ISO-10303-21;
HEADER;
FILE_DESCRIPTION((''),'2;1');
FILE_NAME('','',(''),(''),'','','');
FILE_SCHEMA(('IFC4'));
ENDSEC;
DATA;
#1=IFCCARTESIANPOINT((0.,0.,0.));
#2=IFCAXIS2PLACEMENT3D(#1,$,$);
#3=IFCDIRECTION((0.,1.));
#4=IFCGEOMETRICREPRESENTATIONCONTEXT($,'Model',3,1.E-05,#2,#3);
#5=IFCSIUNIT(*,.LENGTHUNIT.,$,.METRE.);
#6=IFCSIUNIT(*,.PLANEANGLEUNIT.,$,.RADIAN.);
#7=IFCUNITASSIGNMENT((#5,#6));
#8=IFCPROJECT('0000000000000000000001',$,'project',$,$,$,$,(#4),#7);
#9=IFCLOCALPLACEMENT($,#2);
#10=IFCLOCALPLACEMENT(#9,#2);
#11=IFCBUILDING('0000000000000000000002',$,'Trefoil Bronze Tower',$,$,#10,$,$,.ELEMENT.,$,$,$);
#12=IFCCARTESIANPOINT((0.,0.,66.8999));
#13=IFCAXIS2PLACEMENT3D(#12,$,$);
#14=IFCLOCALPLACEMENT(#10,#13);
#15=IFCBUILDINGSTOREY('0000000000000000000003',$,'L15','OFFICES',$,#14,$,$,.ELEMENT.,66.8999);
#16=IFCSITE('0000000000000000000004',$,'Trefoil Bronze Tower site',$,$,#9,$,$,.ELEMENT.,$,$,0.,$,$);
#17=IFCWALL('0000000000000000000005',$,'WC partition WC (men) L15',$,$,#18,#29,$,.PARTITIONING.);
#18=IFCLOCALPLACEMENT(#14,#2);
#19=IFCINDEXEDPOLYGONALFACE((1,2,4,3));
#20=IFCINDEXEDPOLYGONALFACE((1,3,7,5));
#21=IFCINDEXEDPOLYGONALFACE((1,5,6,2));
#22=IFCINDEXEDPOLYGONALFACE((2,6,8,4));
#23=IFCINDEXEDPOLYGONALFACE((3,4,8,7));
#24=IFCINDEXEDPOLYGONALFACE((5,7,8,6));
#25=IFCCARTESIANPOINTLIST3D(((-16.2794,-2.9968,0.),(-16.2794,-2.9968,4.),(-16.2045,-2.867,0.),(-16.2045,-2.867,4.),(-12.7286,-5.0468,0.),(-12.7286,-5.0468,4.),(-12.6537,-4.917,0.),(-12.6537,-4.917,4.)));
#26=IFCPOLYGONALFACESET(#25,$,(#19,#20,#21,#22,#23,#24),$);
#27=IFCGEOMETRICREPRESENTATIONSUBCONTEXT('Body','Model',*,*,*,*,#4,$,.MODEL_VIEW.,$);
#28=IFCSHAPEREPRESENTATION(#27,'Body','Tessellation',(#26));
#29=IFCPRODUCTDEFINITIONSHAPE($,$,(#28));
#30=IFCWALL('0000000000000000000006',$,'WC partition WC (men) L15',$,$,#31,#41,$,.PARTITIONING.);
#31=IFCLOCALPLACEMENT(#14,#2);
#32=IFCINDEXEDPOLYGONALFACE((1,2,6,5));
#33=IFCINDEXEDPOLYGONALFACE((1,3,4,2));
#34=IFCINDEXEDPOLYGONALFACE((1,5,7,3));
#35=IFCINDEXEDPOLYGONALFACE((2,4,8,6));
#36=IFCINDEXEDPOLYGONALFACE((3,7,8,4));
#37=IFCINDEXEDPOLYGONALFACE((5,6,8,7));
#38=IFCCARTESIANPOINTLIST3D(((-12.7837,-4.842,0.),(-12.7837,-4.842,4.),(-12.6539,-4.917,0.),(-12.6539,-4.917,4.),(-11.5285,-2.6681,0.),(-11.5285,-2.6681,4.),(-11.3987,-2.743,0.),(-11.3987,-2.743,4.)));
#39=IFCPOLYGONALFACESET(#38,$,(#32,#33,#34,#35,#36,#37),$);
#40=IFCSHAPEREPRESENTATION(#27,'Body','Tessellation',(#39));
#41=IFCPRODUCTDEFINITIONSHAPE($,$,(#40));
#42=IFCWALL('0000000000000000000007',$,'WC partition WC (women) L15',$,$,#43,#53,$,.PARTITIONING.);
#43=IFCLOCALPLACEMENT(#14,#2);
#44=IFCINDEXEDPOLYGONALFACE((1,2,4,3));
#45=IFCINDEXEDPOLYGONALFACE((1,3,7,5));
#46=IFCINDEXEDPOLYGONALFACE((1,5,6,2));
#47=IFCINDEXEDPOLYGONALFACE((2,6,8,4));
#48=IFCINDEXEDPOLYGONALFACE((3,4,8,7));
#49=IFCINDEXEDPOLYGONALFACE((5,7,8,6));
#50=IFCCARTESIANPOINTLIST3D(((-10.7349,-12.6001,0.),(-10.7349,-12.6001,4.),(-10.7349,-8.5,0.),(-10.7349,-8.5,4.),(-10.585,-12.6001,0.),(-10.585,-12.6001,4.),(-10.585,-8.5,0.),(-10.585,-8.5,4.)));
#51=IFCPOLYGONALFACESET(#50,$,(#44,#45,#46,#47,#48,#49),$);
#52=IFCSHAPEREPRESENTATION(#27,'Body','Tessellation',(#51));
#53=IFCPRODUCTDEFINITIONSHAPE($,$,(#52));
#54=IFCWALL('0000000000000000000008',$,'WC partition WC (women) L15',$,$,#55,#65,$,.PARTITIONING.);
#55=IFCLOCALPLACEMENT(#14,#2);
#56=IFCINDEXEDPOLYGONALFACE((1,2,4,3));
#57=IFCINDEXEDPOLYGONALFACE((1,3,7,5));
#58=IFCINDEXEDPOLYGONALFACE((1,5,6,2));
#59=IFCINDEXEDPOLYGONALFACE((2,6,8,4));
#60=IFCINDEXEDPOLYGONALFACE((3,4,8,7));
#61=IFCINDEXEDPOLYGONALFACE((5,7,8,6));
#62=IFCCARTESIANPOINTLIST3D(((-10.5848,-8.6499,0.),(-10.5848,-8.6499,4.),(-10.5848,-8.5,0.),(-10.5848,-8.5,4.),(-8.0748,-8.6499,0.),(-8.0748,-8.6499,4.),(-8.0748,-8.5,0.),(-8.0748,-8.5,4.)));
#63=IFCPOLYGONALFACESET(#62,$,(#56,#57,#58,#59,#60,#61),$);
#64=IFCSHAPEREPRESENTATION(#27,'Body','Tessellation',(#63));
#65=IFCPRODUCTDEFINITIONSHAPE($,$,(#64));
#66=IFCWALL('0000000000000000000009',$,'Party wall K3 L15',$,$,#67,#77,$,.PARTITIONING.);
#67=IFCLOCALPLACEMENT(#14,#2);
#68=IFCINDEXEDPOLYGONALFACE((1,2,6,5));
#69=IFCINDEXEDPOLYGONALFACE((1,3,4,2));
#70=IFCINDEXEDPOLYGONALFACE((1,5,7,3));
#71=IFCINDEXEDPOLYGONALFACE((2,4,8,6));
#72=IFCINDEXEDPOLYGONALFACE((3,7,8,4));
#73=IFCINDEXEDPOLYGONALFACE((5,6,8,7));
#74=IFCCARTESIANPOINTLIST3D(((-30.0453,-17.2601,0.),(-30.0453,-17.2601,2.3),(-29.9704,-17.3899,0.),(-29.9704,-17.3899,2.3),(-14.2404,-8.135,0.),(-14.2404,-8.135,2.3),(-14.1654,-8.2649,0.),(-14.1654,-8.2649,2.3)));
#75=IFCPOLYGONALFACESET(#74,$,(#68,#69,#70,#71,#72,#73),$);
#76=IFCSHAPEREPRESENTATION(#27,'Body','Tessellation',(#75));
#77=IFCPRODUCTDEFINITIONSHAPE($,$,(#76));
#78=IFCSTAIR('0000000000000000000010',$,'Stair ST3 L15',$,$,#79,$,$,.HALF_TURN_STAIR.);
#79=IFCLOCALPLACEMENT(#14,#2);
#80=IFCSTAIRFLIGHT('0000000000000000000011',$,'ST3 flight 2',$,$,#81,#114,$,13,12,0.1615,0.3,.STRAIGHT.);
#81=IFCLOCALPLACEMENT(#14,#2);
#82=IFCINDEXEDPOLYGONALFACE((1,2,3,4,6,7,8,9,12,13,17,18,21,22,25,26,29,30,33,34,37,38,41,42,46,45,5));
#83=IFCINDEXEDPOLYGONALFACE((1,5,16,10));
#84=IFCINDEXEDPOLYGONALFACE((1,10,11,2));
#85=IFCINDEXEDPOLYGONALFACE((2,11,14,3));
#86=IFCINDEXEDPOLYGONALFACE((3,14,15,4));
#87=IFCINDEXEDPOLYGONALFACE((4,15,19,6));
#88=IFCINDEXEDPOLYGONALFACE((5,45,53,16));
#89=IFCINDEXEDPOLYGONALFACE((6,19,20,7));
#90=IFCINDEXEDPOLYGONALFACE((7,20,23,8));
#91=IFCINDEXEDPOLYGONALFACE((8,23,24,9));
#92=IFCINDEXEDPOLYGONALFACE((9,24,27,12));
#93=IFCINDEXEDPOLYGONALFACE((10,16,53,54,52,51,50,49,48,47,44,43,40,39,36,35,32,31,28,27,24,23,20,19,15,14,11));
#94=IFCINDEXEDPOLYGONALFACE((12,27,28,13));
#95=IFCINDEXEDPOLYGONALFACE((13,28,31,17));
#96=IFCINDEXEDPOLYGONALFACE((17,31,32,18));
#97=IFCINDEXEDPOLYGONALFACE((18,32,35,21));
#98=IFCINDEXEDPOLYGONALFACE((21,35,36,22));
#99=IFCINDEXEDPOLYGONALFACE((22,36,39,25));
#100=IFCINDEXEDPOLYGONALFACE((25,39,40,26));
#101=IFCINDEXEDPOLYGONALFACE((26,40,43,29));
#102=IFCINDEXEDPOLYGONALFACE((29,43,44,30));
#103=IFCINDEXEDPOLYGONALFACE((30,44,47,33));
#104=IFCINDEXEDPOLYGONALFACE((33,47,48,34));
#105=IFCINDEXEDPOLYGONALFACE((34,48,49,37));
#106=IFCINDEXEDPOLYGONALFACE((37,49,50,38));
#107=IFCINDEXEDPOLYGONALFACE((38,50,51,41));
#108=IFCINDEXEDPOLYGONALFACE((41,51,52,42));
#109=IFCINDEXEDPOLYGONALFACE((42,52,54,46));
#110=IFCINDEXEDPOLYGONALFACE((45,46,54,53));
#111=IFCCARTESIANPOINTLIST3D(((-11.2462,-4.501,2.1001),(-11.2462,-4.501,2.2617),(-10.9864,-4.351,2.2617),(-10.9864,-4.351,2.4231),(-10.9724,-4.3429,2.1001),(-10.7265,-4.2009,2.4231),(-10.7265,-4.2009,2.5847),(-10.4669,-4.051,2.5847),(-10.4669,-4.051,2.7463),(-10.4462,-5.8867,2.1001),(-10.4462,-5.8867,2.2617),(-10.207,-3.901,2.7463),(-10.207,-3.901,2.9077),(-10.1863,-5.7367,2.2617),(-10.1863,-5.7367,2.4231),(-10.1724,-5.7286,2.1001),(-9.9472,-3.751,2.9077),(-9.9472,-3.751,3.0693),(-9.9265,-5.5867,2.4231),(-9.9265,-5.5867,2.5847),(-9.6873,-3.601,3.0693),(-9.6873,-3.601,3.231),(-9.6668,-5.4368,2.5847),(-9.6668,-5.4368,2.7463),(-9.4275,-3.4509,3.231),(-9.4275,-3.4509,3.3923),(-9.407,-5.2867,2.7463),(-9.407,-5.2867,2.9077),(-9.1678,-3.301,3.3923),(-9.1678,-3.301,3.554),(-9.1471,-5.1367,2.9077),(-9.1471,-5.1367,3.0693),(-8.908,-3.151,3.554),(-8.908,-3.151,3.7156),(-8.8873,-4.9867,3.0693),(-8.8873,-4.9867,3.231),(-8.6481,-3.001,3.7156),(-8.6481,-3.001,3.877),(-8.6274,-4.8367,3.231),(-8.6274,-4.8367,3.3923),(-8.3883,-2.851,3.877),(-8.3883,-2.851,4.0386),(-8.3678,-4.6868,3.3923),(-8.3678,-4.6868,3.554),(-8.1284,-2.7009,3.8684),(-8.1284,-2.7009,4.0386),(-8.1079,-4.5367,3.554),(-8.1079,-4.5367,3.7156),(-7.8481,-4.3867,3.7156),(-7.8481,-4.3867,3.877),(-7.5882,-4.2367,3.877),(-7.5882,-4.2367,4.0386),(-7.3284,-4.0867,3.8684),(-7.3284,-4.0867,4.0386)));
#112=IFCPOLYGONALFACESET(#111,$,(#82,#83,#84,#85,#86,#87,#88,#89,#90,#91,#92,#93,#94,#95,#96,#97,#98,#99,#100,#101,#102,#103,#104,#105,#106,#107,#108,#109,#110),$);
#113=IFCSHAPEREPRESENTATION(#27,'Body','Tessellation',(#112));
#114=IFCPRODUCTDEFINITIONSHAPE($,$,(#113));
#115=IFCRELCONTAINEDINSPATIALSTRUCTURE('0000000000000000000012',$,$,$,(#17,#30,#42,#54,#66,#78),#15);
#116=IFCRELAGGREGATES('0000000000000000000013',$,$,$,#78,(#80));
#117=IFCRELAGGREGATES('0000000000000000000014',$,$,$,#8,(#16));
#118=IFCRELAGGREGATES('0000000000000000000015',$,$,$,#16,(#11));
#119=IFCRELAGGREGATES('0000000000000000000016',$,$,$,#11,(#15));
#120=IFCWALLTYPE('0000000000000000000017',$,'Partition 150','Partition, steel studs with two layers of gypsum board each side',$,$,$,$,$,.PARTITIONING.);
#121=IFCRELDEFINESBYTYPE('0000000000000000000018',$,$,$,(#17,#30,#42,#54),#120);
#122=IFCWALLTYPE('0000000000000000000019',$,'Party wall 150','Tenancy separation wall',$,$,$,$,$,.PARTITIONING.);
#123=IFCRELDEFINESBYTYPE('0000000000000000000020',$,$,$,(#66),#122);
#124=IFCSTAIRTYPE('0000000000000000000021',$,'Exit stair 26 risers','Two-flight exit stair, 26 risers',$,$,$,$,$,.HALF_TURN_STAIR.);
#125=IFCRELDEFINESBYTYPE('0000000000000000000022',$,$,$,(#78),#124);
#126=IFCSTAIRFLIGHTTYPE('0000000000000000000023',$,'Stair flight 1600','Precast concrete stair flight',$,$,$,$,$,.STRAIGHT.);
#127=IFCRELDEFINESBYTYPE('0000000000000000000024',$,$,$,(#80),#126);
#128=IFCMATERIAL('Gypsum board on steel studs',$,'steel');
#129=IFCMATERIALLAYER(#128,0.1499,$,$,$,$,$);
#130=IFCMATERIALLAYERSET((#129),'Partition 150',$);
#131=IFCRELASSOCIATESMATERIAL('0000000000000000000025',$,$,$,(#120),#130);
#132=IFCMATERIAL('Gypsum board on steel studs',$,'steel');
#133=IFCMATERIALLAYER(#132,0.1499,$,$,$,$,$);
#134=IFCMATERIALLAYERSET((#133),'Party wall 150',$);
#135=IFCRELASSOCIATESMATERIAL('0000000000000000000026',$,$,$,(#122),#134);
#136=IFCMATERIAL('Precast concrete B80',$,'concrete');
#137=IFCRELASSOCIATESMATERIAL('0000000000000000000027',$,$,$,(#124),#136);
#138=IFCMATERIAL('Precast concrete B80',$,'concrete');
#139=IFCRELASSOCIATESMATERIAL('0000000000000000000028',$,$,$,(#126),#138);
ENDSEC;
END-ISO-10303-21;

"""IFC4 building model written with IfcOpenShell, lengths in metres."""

from ifc_helpers import new_model, si_unit, direction, frame, frame_2d, origin, place, context, subcontext, project, spatial, polyline, rectangle, outline, extrude, material, layer, layer_set, type_object, element, aggregate, save


model = new_model("IFC4")

# Units and contexts
model_context = context("Model", 3, precision=1e-05, world=origin(), true_north=direction((0.0, 1.0)))
body_context = subcontext(model_context, "Body", "Model", "MODEL_VIEW")
ifc_project = project(units=[si_unit("LENGTHUNIT", "METRE"), si_unit("PLANEANGLEUNIT", "RADIAN")], contexts=[model_context])

# Site, building, storey
site_placement = place(None, origin())
site = spatial("IfcSite", under=ifc_project, at=site_placement, Name="Trefoil Bronze Tower site", CompositionType="ELEMENT", RefElevation=0.0)
building_placement = place(site_placement, origin())
building = spatial("IfcBuilding", under=site, at=building_placement, Name="Trefoil Bronze Tower", CompositionType="ELEMENT")
storey_placement = place(building_placement, frame((0.0, 0.0, 66.8999)))
storey = spatial("IfcBuildingStorey", under=building, at=storey_placement, Name="L15", Description="OFFICES", CompositionType="ELEMENT", Elevation=66.8999)

# Shared definitions
ifc_material_1 = material(Name="Gypsum board on steel studs", Category="steel")
ifc_layer_1 = layer(ifc_material_1, 0.1499)
ifc_layer_set_1 = layer_set([ifc_layer_1], Name="Partition 150")
wall_type_1 = type_object("IfcWallType", Name="Partition 150", Description="Partition, steel studs with two layers of gypsum board each side", PredefinedType="PARTITIONING", material=ifc_layer_set_1)

# Walls
wall_1_placement = place(storey_placement, frame((-12.6912, -4.9819, 0.0), z_axis=(0.0, 0.0, 1.0), x_axis=(-0.866025, 0.500001, 0.0)))
element("IfcWall", 1, at=wall_1_placement, inside=storey, type_object=wall_type_1, Name="WC partition WC (men) L15", PredefinedType="PARTITIONING", context=body_context, shape_type="SweptSolid", body=[
    extrude(rectangle(XDim=4.1001, YDim=0.1499, at=frame_2d((2.05, 0.0))), origin(), (0.0, 0.0, 1.0), 4.0),
])
wall_2_placement = place(storey_placement, frame((-11.4636, -2.7056, 0.0), z_axis=(0.0, 0.0, 1.0), x_axis=(-0.50002, -0.866014, 0.0)))
element("IfcWall", 2, at=wall_2_placement, inside=storey, type_object=wall_type_1, Name="WC partition WC (men) L15", PredefinedType="PARTITIONING", context=body_context, shape_type="SweptSolid", body=[
    extrude(rectangle(XDim=2.5103, YDim=0.1499, at=frame_2d((1.2551, 0.0))), origin(), (0.0, 0.0, 1.0), 4.0),
])
wall_3_placement = place(storey_placement, frame((-10.6599, -8.5, 0.0), z_axis=(0.0, 0.0, 1.0), x_axis=(0.0, -1.0, 0.0)))
element("IfcWall", 3, at=wall_3_placement, inside=storey, type_object=wall_type_1, Name="WC partition WC (women) L15", PredefinedType="PARTITIONING", context=body_context, shape_type="SweptSolid", body=[
    extrude(rectangle(XDim=4.1001, YDim=0.1499, at=frame_2d((2.05, 0.0))), origin(), (0.0, 0.0, 1.0), 4.0),
])
wall_4_placement = place(storey_placement, frame((-8.075, -8.575, 0.0), z_axis=(0.0, 0.0, 1.0), x_axis=(-1.0, 0.0, 0.0)))
element("IfcWall", 4, at=wall_4_placement, inside=storey, type_object=wall_type_1, Name="WC partition WC (women) L15", PredefinedType="PARTITIONING", context=body_context, shape_type="SweptSolid", body=[
    extrude(rectangle(XDim=2.51, YDim=0.1499, at=frame_2d((1.2549, 0.0))), origin(), (0.0, 0.0, 1.0), 4.0),
])
ifc_material_2 = material(Name="Gypsum board on steel studs", Category="steel")
ifc_layer_2 = layer(ifc_material_2, 0.1499)
ifc_layer_set_2 = layer_set([ifc_layer_2], Name="Party wall 150")
wall_type_2 = type_object("IfcWallType", Name="Party wall 150", Description="Tenancy separation wall", PredefinedType="PARTITIONING", material=ifc_layer_set_2)
wall_5_placement = place(storey_placement, frame((-14.2029, -8.2, 0.0), z_axis=(0.0, 0.0, 1.0), x_axis=(-0.866025, -0.500001, 0.0)))
element("IfcWall", 5, at=wall_5_placement, inside=storey, type_object=wall_type_2, Name="Party wall K3 L15", PredefinedType="PARTITIONING", context=body_context, shape_type="SweptSolid", body=[
    extrude(rectangle(XDim=18.25, YDim=0.1499, at=frame_2d((9.125, 0.0))), origin(), (0.0, 0.0, 1.0), 2.3),
])

# Stair, stair flight
ifc_material_3 = material(Name="Precast concrete B80", Category="concrete")
stair_type = type_object("IfcStairType", Name="Exit stair 26 risers", Description="Two-flight exit stair, 26 risers", PredefinedType="HALF_TURN_STAIR", material=ifc_material_3)
stair_placement = place(storey_placement, origin())
stair = element("IfcStair", 6, at=stair_placement, inside=storey, type_object=stair_type, Name="Stair ST3 L15", PredefinedType="HALF_TURN_STAIR")
ifc_material_4 = material(Name="Precast concrete B80", Category="concrete")
stair_flight_type = type_object("IfcStairFlightType", Name="Stair flight 1600", Description="Precast concrete stair flight", PredefinedType="STRAIGHT", material=ifc_material_4)
stair_flight_placement = place(storey_placement, frame((-10.8462, -5.1938, 2.1001), z_axis=(0.0, 0.0, 1.0), x_axis=(0.866025, 0.5, 0.0)))
stair_flight = element("IfcStairFlight", 7, at=stair_flight_placement, type_object=stair_flight_type, Name="ST3 flight 2", NumberOfRisers=13, NumberOfTreads=12, PredefinedType="STRAIGHT", RiserHeight=0.1615, TreadLength=0.3, context=body_context, shape_type="SweptSolid", body=[
    extrude(outline(polyline([(0.0, 0.0), (0.0, 0.1616), (0.3, 0.1616), (0.3, 0.323), (0.6001, 0.323), (0.6001, 0.4846), (0.8999, 0.4846), (0.8999, 0.6462), (1.2, 0.6462), (1.2, 0.8076), (1.5, 0.8076), (1.5, 0.9692), (1.8, 0.9692), (1.8, 1.1309), (2.1001, 1.1309), (2.1001, 1.2922), (2.3999, 1.2922), (2.3999, 1.4539), (2.7, 1.4539), (2.7, 1.6155), (3.0, 1.6155), (3.0, 1.7769), (3.3, 1.7769), (3.3, 1.9385), (3.6001, 1.9385), (3.6001, 2.1001), (3.6001, 1.7683), (0.3162, 0.0), (0.0, 0.0)])), frame((0.0, 0.8, 0.0), z_axis=(0.0, -1.0, 0.0), x_axis=(1.0, 0.0, 0.0)), (0.0, 0.0, 1.0), 1.6001),
])
aggregate(stair, [stair_flight])

save(model, "model.ifc")
